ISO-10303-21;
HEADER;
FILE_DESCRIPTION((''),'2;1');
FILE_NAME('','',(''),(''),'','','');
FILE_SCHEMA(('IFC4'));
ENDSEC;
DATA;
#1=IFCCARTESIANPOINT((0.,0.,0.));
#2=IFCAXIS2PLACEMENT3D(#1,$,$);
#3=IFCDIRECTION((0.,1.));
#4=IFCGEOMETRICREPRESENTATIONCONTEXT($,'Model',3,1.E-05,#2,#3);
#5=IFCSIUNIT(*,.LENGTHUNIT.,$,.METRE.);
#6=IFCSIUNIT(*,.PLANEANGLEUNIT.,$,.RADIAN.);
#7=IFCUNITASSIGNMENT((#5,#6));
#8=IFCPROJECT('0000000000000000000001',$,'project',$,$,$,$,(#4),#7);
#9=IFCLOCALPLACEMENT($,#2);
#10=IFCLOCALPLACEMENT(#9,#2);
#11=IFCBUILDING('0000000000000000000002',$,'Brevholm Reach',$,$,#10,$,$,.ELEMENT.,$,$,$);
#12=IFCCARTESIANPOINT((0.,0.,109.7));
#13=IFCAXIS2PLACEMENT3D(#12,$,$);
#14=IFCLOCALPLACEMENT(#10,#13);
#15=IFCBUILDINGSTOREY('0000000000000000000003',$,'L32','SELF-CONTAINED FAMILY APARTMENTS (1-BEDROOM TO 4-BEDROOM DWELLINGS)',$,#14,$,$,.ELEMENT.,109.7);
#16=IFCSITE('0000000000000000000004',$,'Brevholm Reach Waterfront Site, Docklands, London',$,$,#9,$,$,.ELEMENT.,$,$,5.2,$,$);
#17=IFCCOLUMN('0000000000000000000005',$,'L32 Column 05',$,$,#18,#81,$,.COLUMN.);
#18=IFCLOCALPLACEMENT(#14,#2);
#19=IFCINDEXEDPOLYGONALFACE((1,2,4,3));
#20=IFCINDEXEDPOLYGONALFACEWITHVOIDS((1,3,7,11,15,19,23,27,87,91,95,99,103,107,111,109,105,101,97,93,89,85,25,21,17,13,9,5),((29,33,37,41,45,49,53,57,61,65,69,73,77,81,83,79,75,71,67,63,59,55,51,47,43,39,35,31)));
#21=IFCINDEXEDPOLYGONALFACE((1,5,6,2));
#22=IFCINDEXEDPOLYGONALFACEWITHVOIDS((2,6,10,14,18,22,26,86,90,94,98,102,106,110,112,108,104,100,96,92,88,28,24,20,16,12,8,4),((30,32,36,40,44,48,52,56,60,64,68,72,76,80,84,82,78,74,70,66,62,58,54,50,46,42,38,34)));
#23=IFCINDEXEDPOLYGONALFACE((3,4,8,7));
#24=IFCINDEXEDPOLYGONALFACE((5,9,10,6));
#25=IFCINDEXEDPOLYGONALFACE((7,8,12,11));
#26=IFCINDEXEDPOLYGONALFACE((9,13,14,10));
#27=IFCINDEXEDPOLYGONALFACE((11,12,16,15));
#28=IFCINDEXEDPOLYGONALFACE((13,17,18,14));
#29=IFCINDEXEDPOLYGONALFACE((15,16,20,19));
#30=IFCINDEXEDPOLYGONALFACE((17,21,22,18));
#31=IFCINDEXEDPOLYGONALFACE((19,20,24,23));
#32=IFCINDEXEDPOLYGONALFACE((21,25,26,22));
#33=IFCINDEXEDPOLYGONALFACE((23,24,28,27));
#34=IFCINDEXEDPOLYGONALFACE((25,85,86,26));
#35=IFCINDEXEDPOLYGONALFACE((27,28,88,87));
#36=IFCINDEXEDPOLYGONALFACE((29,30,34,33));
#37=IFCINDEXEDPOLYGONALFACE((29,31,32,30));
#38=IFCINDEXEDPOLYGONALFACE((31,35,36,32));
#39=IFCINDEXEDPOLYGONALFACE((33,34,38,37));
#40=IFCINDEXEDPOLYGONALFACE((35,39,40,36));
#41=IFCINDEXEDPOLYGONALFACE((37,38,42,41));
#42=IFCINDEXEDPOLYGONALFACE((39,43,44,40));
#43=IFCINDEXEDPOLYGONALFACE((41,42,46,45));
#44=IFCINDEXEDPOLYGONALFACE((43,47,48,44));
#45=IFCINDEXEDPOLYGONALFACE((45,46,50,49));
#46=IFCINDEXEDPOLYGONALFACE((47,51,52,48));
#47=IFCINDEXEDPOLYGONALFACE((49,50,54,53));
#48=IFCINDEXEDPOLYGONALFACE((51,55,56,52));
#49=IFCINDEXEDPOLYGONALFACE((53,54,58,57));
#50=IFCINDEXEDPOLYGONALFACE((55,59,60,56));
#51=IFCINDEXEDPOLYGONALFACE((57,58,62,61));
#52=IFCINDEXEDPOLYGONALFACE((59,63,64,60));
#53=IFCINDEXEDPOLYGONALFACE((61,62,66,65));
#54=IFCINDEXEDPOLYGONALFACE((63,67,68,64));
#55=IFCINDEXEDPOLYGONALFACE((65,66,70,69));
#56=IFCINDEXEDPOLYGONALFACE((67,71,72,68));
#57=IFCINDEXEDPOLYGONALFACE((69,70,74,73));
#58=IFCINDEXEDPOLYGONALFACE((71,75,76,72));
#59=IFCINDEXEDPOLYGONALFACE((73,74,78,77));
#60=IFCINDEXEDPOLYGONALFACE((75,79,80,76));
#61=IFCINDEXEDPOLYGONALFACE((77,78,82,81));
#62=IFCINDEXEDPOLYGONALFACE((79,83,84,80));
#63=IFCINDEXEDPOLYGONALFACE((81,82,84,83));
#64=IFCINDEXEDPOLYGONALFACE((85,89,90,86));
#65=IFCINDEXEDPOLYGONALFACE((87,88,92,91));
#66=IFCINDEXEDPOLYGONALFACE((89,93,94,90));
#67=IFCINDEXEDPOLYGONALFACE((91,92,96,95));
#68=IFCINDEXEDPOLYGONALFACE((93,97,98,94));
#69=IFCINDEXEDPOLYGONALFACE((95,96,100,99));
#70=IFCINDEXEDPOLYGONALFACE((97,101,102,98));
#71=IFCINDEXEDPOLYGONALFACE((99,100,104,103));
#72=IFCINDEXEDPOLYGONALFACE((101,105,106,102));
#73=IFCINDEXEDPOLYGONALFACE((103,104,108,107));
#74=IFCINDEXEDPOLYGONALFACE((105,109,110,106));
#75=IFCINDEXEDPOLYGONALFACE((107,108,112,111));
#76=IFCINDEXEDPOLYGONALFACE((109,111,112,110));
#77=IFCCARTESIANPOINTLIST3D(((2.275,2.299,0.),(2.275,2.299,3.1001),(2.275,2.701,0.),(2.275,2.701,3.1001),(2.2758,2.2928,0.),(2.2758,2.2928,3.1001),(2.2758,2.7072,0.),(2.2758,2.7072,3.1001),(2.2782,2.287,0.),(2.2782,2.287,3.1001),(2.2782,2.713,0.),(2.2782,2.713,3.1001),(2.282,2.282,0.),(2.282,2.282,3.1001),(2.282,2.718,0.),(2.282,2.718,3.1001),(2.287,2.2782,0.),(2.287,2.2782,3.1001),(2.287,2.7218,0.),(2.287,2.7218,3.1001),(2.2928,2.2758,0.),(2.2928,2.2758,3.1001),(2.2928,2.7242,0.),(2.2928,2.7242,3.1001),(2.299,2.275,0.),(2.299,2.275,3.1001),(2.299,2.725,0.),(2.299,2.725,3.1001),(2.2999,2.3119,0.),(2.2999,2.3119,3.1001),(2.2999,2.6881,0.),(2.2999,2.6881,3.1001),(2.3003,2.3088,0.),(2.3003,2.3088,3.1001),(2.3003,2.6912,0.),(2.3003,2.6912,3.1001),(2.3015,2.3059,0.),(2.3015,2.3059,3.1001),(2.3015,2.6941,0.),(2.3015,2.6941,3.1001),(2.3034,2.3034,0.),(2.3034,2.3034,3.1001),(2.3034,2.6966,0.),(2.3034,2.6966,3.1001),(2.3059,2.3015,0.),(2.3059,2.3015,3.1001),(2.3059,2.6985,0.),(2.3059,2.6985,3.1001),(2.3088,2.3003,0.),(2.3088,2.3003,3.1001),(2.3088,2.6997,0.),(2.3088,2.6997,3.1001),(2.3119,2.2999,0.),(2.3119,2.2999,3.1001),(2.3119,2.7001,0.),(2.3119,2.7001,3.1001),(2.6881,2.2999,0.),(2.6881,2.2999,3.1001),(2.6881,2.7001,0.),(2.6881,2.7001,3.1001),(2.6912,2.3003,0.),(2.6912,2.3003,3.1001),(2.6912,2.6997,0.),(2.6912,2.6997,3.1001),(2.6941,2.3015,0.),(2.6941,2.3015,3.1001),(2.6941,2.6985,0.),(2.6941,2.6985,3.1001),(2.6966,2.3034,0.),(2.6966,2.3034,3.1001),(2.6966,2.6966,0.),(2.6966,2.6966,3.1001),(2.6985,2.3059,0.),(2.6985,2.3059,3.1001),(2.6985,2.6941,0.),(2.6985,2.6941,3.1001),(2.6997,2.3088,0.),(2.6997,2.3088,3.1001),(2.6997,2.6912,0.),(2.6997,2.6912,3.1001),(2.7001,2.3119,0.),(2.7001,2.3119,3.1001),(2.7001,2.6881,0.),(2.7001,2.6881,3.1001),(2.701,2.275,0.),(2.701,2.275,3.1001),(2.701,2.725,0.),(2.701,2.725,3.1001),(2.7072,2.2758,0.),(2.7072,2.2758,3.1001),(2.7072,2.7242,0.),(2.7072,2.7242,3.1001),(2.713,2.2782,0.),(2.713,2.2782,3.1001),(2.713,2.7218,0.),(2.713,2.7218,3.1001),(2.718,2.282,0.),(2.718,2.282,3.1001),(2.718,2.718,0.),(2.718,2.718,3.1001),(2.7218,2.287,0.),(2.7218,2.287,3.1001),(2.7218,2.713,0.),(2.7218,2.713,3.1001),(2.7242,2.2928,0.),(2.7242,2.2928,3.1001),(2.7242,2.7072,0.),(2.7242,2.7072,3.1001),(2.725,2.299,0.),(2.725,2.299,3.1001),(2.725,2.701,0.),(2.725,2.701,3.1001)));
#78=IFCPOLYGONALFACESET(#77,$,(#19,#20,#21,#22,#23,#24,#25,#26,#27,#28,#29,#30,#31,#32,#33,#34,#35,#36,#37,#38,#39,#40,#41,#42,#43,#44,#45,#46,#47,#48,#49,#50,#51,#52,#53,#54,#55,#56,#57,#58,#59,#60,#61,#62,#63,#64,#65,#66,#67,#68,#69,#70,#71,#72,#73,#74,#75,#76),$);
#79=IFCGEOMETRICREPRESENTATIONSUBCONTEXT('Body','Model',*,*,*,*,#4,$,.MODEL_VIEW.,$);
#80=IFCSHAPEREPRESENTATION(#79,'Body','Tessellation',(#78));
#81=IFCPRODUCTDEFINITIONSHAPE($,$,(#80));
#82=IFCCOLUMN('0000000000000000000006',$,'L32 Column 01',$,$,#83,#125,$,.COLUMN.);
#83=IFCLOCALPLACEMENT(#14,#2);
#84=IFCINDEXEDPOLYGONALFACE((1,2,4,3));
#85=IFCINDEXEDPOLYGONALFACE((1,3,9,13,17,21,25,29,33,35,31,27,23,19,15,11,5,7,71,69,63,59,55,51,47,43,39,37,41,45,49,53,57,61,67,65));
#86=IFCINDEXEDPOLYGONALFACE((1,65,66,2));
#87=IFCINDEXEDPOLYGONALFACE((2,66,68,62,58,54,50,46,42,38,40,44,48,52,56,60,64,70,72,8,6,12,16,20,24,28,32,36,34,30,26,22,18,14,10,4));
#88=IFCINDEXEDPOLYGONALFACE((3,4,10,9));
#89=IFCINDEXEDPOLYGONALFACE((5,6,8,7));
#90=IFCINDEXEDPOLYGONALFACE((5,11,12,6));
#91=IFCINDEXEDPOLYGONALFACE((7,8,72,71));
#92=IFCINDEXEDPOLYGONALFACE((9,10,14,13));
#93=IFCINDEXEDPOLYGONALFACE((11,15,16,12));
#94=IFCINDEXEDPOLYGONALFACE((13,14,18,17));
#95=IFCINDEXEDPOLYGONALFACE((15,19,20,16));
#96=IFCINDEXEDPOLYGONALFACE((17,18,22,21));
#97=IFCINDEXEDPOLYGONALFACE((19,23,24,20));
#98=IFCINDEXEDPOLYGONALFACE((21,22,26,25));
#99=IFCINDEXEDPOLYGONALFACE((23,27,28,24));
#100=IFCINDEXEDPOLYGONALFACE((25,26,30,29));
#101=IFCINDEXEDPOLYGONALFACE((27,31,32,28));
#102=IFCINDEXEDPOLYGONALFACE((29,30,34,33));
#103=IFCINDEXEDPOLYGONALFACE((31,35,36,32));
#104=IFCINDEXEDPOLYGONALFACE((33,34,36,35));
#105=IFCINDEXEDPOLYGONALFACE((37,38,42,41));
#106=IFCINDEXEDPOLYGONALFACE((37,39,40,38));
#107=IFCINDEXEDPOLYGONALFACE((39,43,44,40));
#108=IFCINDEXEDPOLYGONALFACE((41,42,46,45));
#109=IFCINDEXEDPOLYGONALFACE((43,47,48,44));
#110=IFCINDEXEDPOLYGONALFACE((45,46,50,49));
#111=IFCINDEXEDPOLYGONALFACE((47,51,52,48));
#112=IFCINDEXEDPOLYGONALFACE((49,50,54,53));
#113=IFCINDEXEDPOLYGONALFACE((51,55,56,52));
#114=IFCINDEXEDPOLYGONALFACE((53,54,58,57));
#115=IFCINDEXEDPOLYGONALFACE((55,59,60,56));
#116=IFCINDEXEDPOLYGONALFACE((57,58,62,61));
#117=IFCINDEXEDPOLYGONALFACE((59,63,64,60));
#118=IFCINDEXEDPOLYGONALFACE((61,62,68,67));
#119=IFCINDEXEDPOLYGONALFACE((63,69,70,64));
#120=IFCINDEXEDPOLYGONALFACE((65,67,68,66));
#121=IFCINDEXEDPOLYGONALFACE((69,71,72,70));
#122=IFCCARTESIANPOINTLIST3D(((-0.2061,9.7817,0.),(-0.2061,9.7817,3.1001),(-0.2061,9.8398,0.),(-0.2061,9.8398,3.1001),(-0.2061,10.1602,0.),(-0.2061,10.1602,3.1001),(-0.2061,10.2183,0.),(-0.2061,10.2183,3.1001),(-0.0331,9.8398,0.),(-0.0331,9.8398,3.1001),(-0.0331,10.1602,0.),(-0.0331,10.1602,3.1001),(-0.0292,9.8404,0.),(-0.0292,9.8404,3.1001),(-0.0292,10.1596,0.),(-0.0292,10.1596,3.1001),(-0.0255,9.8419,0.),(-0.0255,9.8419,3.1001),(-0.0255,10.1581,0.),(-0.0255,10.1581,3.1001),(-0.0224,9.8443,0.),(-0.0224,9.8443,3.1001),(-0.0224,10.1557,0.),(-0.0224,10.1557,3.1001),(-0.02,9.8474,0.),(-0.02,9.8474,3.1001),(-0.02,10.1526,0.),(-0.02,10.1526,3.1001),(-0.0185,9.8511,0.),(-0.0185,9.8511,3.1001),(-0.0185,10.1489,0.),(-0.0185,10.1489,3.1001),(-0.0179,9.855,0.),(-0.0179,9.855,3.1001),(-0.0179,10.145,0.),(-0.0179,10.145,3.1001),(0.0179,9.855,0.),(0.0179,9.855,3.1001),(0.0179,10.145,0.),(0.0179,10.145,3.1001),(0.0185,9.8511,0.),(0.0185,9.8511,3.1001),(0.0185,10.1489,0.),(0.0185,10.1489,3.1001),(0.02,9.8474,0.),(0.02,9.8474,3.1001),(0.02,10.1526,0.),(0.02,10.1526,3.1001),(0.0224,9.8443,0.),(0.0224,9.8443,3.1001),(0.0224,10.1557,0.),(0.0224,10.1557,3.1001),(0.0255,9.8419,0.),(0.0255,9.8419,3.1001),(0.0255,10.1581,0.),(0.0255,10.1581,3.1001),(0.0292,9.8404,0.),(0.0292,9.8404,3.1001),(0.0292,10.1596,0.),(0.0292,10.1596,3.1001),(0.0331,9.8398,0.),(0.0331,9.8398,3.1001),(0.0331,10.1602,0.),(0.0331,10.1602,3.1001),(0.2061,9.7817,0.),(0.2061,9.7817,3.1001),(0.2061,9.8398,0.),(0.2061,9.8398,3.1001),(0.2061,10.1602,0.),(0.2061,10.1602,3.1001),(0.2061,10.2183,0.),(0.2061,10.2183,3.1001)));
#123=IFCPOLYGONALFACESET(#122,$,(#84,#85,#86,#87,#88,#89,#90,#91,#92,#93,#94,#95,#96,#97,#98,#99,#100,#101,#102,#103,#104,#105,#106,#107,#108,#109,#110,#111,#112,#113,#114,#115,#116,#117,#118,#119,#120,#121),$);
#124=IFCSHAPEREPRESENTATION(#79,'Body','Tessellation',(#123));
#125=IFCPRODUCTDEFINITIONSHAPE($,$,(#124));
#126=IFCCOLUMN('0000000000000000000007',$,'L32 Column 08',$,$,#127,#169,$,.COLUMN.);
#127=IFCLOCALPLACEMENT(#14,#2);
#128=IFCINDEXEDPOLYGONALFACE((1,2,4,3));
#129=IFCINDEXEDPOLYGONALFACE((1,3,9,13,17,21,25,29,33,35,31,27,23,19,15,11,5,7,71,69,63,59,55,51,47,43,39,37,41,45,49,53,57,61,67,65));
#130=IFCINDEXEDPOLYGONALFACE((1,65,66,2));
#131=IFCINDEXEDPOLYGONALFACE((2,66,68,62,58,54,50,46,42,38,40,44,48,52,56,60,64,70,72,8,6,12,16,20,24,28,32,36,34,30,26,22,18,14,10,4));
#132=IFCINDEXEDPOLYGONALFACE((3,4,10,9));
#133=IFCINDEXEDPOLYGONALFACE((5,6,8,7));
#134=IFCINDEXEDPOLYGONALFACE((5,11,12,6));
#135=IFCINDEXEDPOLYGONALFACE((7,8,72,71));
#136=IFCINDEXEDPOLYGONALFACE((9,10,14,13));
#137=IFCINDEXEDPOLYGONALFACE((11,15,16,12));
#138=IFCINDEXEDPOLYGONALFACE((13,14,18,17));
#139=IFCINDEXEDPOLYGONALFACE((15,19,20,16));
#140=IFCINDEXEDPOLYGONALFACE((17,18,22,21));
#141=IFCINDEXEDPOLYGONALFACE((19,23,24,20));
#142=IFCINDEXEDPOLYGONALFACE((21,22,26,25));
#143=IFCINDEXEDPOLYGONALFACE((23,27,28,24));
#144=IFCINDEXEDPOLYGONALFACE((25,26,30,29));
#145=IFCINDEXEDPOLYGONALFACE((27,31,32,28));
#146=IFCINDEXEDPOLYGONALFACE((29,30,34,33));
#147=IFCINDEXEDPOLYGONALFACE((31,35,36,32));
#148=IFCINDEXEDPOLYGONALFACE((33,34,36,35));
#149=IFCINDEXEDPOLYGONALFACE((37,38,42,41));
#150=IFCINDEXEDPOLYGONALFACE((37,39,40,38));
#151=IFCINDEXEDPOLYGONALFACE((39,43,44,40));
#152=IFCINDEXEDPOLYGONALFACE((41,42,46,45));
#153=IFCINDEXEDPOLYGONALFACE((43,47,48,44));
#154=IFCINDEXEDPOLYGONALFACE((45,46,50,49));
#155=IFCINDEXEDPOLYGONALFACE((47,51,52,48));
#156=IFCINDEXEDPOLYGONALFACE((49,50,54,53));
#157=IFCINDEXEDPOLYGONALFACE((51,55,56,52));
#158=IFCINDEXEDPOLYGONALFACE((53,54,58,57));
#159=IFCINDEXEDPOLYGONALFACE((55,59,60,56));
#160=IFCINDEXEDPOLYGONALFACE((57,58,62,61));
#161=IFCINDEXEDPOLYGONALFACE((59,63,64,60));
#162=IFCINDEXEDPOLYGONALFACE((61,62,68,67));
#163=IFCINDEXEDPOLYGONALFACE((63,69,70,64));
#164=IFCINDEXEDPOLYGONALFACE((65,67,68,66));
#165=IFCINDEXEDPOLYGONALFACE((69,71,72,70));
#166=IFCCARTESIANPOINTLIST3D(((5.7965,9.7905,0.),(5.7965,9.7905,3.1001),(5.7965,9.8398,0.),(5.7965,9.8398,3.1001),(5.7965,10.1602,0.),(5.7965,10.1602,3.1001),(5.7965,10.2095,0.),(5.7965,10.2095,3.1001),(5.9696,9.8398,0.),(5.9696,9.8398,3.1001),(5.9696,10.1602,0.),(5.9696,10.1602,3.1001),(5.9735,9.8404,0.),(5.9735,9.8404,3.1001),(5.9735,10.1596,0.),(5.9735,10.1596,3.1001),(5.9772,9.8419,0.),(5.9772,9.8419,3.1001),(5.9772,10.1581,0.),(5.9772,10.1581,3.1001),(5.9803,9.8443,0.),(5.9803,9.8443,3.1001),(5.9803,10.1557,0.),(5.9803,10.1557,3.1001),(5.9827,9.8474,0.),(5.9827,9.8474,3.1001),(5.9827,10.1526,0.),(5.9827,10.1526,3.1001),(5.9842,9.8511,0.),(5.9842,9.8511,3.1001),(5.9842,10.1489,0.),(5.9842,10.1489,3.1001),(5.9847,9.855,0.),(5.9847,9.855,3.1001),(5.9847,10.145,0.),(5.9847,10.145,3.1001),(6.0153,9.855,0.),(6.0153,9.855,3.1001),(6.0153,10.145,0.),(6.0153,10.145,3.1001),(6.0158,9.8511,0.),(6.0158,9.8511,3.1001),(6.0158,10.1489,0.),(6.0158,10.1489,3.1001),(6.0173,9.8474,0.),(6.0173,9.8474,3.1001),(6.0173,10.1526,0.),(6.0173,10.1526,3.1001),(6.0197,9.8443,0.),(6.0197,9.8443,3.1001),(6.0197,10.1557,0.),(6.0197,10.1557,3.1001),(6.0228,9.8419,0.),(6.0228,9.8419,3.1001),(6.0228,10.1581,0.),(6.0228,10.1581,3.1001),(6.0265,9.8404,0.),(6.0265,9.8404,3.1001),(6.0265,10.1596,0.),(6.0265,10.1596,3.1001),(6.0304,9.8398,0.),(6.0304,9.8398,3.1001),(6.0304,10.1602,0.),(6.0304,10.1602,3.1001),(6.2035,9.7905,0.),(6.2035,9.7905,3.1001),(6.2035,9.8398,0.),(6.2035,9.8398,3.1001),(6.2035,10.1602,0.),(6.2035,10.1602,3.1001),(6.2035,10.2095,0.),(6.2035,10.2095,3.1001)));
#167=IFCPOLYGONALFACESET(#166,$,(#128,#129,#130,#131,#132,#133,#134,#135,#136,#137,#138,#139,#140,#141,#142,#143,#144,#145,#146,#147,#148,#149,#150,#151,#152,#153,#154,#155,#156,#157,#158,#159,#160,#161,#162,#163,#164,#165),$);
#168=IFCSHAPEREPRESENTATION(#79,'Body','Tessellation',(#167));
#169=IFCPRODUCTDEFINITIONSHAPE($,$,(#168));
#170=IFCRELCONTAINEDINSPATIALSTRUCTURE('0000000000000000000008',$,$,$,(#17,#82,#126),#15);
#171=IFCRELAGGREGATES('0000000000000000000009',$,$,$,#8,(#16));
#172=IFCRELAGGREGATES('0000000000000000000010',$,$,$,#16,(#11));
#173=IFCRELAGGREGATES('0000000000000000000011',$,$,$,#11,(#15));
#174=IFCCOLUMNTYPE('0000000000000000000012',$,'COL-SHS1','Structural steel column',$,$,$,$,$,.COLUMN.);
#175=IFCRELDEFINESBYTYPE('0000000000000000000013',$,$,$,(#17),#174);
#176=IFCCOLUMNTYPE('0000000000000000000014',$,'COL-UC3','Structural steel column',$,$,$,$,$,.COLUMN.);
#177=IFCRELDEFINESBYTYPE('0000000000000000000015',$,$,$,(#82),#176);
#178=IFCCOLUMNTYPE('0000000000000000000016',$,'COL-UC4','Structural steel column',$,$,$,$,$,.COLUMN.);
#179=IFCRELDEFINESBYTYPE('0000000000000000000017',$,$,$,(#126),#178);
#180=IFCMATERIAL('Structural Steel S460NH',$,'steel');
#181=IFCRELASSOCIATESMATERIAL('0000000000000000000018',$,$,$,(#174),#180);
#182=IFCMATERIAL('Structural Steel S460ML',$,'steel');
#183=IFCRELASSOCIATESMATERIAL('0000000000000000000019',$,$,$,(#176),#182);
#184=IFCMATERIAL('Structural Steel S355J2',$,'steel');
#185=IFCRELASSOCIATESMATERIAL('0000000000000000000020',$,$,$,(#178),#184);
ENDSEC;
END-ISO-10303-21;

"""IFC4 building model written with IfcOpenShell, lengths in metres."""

from ifc_helpers import new_model, si_unit, direction, frame, origin, origin_2d, place, context, subcontext, project, spatial, hollow_rectangle, i_section, extrude, material, material_profile, profile_set, type_object, element, save


model = new_model("IFC4")

# Units and contexts
model_context = context("Model", 3, precision=1e-05, world=origin(), true_north=direction((0.0, 1.0)))
body_context = subcontext(model_context, "Body", "Model", "MODEL_VIEW")
ifc_project = project(units=[si_unit("LENGTHUNIT", "METRE"), si_unit("PLANEANGLEUNIT", "RADIAN")], contexts=[model_context])

# Site, building, storey
site_placement = place(None, origin())
site = spatial("IfcSite", under=ifc_project, at=site_placement, Name="Brevholm Reach Waterfront Site, Docklands, London", CompositionType="ELEMENT", RefElevation=5.2)
building_placement = place(site_placement, origin())
building = spatial("IfcBuilding", under=site, at=building_placement, Name="Brevholm Reach", CompositionType="ELEMENT")
storey_placement = place(building_placement, frame((0.0, 0.0, 109.7)))
storey = spatial("IfcBuildingStorey", under=building, at=storey_placement, Name="L32", Description="SELF-CONTAINED FAMILY APARTMENTS (1-BEDROOM TO 4-BEDROOM DWELLINGS)", CompositionType="ELEMENT", Elevation=109.7)

# Columns
ifc_material_1 = material(Name="Structural Steel S460NH", Category="steel")
ifc_material_profile_1 = material_profile(ifc_material_1, hollow_rectangle(XDim=0.45, YDim=0.45, WallThickness=0.0249, InnerFilletRadius=0.012, OuterFilletRadius=0.0239, at=origin_2d()), Name="SHS 450x450x25")
ifc_profile_set_1 = profile_set([ifc_material_profile_1], Name="Structural Steel S460NH")
column_type_1 = type_object("IfcColumnType", Name="COL-SHS1", Description="Structural steel column", PredefinedType="COLUMN", material=ifc_profile_set_1)
column_1_placement = place(storey_placement, frame((2.5, 2.5, 0.0), z_axis=(0.0, 0.0, 1.0), x_axis=(1.0, 0.0, 0.0)))
element("IfcColumn", 1, at=column_1_placement, inside=storey, type_object=column_type_1, Name="L32 Column 05", PredefinedType="COLUMN", context=body_context, shape_type="SweptSolid", body=[
    extrude(hollow_rectangle(XDim=0.45, YDim=0.45, WallThickness=0.0249, InnerFilletRadius=0.012, OuterFilletRadius=0.0239, at=origin_2d()), origin(), (0.0, 0.0, 1.0), 3.1001),
])
ifc_material_2 = material(Name="Structural Steel S460ML", Category="steel")
ifc_material_profile_2 = material_profile(ifc_material_2, i_section(OverallWidth=0.4121, OverallDepth=0.4365, WebThickness=0.0359, FlangeThickness=0.0581, FilletRadius=0.0151, at=origin_2d()), Name="UKC 356x406x467")
ifc_profile_set_2 = profile_set([ifc_material_profile_2], Name="Structural Steel S460ML")
column_type_2 = type_object("IfcColumnType", Name="COL-UC3", Description="Structural steel column", PredefinedType="COLUMN", material=ifc_profile_set_2)
column_2_placement = place(storey_placement, frame((0.0, 10.0, 0.0), z_axis=(0.0, 0.0, 1.0), x_axis=(1.0, 0.0, 0.0)))
element("IfcColumn", 2, at=column_2_placement, inside=storey, type_object=column_type_2, Name="L32 Column 01", PredefinedType="COLUMN", context=body_context, shape_type="SweptSolid", body=[
    extrude(i_section(OverallWidth=0.4121, OverallDepth=0.4365, WebThickness=0.0359, FlangeThickness=0.0581, FilletRadius=0.0151, at=origin_2d()), origin(), (0.0, 0.0, 1.0), 3.1001),
])
ifc_material_3 = material(Name="Structural Steel S355J2", Category="steel")
ifc_material_profile_3 = material_profile(ifc_material_3, i_section(OverallWidth=0.407, OverallDepth=0.4189, WebThickness=0.0305, FlangeThickness=0.0493, FilletRadius=0.0151, at=origin_2d()), Name="UKC 356x406x393")
ifc_profile_set_3 = profile_set([ifc_material_profile_3], Name="Structural Steel S355J2")
column_type_3 = type_object("IfcColumnType", Name="COL-UC4", Description="Structural steel column", PredefinedType="COLUMN", material=ifc_profile_set_3)
column_3_placement = place(storey_placement, frame((6.0, 10.0, 0.0), z_axis=(0.0, 0.0, 1.0), x_axis=(1.0, 0.0, 0.0)))
element("IfcColumn", 3, at=column_3_placement, inside=storey, type_object=column_type_3, Name="L32 Column 08", PredefinedType="COLUMN", context=body_context, shape_type="SweptSolid", body=[
    extrude(i_section(OverallWidth=0.407, OverallDepth=0.4189, WebThickness=0.0305, FlangeThickness=0.0493, FilletRadius=0.0151, at=origin_2d()), origin(), (0.0, 0.0, 1.0), 3.1001),
])

save(model, "model.ifc")
